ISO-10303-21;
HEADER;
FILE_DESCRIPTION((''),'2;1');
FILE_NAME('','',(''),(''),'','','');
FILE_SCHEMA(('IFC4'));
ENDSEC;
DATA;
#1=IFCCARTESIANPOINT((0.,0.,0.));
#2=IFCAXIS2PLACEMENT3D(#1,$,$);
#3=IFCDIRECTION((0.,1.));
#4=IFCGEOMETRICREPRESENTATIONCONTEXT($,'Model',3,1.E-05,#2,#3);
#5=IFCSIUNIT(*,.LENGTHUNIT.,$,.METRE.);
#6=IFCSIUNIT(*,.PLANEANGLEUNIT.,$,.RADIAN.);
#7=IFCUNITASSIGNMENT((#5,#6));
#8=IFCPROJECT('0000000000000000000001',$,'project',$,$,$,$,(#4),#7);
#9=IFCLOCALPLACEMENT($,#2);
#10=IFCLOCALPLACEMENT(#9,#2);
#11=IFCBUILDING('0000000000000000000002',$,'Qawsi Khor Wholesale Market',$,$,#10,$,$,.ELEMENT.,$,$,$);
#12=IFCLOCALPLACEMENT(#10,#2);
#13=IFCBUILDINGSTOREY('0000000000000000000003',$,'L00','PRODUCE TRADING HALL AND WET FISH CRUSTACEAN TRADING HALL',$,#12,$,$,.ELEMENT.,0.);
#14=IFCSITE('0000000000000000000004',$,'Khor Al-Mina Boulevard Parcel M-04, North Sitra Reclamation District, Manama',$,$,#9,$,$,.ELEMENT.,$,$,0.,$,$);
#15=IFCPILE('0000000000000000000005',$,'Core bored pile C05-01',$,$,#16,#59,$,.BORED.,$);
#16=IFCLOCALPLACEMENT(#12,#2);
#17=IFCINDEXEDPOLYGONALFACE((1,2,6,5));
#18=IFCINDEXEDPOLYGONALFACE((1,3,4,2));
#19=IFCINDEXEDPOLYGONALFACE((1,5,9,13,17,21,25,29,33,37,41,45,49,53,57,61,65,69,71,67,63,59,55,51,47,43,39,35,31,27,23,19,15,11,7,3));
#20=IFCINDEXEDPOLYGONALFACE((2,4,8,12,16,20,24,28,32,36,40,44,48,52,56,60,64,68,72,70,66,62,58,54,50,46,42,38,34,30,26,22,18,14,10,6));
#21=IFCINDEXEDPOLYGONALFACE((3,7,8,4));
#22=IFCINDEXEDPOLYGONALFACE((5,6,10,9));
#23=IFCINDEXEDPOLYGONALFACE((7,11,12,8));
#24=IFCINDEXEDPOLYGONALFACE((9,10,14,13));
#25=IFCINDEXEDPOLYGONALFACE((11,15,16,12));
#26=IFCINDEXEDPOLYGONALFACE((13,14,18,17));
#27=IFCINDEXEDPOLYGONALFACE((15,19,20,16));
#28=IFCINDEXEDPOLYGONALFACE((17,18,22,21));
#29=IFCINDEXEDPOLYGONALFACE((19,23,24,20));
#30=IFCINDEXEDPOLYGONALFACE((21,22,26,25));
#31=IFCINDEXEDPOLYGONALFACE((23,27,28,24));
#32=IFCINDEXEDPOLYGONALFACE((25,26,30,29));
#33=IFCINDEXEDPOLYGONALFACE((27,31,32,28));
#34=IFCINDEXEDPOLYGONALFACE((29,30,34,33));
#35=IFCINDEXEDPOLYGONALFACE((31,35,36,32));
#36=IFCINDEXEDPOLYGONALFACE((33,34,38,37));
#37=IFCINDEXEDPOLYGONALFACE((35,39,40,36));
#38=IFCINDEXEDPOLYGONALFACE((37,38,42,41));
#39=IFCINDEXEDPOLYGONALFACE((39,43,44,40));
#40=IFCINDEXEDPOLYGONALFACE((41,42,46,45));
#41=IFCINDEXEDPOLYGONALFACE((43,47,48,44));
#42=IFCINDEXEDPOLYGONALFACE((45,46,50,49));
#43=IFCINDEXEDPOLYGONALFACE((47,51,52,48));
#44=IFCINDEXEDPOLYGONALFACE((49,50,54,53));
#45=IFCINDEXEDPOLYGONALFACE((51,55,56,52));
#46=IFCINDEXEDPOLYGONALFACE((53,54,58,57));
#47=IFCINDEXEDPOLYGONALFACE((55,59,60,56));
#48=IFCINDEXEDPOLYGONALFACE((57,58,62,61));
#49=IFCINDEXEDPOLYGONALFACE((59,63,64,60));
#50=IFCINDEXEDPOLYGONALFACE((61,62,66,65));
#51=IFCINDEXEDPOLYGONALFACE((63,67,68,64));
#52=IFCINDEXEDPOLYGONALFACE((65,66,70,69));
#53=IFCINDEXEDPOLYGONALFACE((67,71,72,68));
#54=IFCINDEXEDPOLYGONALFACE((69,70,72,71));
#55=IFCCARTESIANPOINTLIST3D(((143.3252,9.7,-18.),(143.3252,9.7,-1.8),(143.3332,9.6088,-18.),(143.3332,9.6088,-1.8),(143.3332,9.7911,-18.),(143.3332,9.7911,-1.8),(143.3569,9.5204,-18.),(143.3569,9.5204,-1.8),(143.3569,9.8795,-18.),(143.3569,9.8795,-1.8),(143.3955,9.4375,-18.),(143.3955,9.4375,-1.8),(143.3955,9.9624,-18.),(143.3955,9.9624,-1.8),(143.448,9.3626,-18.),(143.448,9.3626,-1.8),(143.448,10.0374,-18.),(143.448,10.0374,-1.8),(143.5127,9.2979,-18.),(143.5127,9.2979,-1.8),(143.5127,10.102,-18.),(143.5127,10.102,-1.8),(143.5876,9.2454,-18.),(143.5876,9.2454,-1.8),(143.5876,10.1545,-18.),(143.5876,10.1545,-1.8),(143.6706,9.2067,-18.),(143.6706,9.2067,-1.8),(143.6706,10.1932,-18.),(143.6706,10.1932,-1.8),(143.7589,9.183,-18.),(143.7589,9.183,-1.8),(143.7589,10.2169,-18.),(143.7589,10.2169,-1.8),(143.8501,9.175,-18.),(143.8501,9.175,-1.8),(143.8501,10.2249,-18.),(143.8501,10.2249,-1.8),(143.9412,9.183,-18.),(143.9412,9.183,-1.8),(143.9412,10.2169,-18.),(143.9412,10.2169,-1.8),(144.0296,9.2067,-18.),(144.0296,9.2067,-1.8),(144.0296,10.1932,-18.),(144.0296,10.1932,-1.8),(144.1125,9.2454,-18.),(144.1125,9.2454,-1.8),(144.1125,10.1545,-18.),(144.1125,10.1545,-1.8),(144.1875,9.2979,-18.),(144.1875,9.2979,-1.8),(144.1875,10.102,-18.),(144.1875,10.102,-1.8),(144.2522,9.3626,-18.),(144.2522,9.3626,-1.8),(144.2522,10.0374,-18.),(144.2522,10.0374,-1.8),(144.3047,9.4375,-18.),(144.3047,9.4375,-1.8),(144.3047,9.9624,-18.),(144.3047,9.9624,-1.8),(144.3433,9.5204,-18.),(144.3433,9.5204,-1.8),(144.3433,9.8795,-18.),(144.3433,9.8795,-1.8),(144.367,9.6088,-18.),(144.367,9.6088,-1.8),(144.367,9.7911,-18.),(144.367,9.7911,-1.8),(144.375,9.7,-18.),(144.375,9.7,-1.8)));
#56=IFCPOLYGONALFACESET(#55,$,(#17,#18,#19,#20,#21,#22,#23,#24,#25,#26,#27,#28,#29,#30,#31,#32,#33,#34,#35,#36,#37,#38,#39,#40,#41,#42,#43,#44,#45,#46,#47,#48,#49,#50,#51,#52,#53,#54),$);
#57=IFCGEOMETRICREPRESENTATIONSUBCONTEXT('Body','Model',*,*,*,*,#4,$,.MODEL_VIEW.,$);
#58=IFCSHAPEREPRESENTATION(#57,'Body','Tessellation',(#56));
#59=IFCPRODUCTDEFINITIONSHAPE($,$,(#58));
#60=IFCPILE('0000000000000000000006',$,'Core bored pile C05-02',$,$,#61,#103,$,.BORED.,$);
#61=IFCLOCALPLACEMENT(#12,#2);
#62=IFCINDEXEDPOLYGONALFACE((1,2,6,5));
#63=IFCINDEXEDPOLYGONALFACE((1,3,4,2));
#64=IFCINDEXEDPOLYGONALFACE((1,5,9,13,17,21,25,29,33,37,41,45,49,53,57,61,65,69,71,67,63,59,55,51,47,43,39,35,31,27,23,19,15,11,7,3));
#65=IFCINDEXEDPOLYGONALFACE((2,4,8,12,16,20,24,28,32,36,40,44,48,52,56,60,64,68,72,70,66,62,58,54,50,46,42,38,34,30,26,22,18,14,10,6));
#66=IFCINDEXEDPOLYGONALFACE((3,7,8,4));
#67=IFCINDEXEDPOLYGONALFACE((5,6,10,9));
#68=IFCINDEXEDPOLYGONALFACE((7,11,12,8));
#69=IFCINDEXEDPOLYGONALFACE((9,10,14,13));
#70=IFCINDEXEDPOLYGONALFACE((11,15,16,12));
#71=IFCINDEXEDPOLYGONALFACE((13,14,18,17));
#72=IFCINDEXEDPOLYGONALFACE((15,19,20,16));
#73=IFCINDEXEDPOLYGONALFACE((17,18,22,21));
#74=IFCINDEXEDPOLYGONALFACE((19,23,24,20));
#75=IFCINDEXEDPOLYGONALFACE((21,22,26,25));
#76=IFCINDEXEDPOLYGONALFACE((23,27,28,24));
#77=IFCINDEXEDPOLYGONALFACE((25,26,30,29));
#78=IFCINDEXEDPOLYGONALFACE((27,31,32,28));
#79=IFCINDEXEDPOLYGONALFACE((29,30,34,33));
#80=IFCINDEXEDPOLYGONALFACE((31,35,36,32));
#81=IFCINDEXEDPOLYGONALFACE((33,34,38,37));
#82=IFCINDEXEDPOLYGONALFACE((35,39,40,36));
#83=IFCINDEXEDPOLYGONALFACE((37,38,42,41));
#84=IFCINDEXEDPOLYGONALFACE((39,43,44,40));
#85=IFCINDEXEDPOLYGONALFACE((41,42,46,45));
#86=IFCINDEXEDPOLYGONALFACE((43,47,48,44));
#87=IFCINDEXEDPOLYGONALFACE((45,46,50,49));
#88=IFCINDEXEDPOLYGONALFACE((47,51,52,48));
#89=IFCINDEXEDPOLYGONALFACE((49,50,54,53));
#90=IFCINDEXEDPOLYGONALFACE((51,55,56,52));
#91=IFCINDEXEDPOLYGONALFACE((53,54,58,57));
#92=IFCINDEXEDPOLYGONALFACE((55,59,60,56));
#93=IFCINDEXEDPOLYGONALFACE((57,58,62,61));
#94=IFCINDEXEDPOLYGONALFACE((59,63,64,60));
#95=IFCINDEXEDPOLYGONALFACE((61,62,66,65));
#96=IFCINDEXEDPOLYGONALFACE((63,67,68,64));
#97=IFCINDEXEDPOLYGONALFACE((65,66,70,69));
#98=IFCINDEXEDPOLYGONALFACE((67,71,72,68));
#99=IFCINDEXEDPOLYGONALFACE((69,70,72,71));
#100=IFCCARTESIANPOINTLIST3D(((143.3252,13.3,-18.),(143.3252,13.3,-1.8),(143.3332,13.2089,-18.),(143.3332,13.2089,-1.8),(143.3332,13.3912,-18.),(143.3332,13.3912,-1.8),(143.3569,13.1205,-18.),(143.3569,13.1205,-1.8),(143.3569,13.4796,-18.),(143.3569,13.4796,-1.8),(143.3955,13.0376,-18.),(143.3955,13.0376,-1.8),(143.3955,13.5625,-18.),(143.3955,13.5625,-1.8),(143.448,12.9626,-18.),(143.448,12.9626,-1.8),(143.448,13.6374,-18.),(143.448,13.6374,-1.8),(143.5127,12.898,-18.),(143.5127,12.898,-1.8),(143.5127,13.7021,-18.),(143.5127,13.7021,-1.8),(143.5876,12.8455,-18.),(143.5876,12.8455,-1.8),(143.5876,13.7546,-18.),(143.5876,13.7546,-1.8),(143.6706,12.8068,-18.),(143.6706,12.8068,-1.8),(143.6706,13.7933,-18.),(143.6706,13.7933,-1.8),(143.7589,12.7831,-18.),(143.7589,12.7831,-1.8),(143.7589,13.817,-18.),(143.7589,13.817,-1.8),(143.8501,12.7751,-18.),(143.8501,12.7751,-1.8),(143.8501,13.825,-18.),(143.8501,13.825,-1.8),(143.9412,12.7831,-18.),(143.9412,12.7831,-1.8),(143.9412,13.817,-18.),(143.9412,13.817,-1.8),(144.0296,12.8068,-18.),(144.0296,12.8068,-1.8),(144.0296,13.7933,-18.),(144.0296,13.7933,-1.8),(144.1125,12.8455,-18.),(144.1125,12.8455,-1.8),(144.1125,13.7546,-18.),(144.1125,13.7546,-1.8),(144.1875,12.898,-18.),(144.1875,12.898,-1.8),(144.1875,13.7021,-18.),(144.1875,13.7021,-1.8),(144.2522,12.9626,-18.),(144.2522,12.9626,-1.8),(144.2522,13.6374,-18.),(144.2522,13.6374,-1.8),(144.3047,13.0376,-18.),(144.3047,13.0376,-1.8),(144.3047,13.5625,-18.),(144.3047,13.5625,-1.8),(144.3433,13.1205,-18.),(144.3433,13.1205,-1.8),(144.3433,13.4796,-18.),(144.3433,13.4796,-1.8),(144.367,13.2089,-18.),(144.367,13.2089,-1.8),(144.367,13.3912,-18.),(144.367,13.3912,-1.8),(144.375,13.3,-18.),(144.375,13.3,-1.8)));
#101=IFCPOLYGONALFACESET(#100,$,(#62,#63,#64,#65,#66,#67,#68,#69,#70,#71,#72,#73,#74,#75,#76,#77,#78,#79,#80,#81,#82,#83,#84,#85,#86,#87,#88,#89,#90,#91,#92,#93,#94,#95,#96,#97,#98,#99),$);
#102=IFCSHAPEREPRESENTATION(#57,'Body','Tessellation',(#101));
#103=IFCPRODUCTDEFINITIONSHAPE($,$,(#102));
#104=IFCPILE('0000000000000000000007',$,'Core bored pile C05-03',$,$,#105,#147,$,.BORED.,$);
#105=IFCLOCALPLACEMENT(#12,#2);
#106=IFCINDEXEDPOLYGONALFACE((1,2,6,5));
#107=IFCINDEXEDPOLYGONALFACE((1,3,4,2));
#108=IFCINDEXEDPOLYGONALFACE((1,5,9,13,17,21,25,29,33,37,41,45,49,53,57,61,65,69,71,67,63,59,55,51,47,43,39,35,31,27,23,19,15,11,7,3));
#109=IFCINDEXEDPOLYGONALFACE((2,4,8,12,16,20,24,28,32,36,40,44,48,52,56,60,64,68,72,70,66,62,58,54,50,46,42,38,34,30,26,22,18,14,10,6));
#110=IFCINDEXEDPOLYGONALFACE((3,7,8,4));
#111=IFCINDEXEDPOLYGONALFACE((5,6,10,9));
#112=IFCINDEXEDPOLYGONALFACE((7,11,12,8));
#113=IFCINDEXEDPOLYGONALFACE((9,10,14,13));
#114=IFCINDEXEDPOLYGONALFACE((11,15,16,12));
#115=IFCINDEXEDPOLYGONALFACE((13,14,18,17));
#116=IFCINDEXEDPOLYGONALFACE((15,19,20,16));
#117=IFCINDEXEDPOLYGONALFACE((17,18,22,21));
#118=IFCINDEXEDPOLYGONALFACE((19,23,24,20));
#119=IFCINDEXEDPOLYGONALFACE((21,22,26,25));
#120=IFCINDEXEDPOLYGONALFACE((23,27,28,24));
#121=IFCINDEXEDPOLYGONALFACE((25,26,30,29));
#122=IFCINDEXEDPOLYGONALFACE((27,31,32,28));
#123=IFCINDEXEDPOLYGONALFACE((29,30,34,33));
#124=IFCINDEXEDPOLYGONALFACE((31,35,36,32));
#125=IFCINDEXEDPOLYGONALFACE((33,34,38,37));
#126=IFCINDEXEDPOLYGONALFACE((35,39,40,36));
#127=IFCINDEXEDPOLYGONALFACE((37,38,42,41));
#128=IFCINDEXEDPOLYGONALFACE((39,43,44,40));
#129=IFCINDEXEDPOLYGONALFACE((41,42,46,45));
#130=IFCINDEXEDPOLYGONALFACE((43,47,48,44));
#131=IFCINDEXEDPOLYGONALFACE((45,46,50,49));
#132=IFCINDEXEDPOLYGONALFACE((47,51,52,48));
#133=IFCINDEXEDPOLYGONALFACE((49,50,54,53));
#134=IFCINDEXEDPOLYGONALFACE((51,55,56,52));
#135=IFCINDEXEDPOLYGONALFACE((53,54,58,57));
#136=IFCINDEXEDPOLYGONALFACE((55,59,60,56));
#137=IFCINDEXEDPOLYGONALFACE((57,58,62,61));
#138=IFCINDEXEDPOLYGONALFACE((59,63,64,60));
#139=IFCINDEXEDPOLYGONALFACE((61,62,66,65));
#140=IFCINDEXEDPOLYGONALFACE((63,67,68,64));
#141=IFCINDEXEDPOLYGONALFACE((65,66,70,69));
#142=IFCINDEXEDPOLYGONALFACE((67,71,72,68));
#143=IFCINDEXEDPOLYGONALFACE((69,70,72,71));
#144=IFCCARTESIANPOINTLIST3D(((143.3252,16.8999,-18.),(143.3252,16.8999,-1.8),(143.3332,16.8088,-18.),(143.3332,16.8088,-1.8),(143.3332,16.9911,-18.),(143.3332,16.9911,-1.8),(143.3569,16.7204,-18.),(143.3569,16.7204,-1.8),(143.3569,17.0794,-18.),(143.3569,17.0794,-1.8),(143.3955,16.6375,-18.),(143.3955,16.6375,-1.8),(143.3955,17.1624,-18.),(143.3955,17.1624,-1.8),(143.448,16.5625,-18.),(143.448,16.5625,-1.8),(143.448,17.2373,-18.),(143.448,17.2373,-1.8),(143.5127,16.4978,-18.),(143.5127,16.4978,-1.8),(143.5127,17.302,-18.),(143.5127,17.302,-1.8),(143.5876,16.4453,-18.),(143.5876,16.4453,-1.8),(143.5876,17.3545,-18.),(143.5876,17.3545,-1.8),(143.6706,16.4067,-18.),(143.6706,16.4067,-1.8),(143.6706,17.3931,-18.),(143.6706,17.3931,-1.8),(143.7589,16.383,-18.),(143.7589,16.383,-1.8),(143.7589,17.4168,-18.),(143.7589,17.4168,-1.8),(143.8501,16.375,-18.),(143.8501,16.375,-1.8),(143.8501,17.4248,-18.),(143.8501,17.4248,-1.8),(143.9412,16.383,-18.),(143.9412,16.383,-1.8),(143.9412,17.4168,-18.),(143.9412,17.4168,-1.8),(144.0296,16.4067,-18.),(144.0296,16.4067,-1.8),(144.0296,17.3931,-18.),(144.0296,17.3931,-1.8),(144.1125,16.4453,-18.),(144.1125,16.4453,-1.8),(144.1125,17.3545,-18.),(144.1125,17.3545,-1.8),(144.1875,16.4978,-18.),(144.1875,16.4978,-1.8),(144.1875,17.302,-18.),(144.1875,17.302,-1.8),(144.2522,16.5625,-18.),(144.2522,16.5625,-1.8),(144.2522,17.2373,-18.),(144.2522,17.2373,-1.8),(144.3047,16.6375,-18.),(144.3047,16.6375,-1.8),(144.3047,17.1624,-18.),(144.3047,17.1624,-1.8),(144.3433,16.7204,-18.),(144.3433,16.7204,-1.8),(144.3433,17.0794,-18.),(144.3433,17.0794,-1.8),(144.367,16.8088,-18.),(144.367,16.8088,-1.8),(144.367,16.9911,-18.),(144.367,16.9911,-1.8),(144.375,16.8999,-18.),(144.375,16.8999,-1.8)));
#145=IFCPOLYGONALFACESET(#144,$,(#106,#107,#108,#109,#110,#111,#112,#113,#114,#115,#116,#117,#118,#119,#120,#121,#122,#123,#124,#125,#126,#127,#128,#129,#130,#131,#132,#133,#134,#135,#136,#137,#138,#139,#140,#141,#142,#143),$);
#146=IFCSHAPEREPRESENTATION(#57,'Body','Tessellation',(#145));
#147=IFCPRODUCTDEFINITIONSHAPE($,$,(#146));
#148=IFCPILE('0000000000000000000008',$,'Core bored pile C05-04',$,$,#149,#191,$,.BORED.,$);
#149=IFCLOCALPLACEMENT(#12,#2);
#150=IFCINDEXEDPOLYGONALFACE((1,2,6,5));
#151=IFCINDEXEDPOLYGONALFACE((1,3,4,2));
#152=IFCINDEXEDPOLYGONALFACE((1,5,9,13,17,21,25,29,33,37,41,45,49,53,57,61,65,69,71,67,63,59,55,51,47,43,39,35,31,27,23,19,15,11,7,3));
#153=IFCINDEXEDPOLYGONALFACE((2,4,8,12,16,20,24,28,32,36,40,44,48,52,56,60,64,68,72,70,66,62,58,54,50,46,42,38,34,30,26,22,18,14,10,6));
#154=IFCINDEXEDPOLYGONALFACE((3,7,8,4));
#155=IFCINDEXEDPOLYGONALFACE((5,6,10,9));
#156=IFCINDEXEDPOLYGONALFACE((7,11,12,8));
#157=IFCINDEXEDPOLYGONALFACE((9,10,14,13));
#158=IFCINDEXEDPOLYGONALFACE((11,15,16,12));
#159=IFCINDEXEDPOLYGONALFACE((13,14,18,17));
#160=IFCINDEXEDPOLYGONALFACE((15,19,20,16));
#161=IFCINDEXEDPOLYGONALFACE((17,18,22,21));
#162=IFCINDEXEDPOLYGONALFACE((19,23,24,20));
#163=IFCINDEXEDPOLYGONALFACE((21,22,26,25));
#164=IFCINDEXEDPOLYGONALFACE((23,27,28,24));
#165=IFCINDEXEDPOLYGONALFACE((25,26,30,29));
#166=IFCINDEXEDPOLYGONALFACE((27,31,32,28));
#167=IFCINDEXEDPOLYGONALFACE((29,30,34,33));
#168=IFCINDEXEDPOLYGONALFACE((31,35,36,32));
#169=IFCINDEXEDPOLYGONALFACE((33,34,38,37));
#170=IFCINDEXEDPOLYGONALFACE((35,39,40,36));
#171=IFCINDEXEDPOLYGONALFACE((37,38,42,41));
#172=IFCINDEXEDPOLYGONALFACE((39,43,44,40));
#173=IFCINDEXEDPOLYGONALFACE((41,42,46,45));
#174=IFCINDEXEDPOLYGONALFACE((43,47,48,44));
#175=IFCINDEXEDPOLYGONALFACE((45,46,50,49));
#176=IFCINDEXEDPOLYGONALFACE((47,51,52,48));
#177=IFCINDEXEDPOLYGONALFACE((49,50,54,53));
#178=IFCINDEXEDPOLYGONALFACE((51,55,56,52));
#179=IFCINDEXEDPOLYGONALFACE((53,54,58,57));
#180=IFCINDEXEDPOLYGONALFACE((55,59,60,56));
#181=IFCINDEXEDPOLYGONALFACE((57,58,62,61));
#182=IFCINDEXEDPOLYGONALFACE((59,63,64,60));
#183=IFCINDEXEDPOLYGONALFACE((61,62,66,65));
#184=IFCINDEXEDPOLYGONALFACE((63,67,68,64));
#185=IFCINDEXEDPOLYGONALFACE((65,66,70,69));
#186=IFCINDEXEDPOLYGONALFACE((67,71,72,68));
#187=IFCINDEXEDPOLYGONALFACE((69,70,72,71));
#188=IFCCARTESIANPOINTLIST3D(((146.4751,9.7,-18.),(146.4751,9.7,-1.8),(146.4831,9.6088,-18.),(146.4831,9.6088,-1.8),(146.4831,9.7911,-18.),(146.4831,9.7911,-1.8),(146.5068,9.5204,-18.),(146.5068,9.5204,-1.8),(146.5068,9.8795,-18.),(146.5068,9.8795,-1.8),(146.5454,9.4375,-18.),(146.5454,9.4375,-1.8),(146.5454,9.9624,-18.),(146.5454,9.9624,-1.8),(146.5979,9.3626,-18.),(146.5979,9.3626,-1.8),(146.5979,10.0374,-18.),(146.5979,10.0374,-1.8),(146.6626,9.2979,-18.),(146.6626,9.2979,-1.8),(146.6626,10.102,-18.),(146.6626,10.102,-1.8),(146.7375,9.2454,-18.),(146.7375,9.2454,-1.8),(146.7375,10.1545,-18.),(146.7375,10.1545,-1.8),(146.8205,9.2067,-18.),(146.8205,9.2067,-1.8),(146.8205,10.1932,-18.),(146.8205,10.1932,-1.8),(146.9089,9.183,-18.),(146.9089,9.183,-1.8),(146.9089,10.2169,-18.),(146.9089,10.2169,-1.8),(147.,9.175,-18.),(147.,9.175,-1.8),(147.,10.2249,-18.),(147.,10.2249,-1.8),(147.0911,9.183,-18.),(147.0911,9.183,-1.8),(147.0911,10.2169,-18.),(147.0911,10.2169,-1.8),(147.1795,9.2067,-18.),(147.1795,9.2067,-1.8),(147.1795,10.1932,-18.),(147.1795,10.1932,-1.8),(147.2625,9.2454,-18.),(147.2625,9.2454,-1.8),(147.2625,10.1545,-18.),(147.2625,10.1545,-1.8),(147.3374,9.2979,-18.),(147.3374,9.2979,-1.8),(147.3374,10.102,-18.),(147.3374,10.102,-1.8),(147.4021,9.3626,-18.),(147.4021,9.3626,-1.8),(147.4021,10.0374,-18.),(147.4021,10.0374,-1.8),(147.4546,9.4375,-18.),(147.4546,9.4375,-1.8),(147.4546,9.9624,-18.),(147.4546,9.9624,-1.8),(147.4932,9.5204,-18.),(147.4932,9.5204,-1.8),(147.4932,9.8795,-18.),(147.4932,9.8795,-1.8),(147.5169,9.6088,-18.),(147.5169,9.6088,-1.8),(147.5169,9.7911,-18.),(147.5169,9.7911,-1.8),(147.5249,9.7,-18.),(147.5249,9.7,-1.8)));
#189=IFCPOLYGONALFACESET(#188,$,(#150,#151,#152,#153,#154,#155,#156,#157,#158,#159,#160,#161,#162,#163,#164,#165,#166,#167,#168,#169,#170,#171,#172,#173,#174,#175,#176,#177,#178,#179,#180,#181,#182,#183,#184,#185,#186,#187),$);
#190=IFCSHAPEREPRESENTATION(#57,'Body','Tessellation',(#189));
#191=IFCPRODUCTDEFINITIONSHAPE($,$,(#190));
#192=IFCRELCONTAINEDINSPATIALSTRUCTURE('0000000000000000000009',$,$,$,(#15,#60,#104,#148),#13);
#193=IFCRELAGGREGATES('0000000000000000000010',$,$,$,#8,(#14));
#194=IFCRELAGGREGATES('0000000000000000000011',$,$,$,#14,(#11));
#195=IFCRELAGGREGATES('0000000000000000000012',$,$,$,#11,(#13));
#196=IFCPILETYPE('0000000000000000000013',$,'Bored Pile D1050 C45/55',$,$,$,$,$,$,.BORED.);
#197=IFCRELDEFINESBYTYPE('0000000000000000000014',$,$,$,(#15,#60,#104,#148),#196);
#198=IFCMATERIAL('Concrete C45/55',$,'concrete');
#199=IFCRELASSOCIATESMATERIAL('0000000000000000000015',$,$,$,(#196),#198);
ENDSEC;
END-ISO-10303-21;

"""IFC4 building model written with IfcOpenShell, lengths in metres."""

from ifc_helpers import new_model, si_unit, direction, frame, origin, origin_2d, place, context, subcontext, project, spatial, circle, extrude, material, material_profile, profile_set, type_object, element, save


model = new_model("IFC4")

# Units and contexts
model_context = context("Model", 3, precision=1e-05, world=origin(), true_north=direction((0.0, 1.0)))
body_context = subcontext(model_context, "Body", "Model", "MODEL_VIEW")
ifc_project = project(units=[si_unit("LENGTHUNIT", "METRE"), si_unit("PLANEANGLEUNIT", "RADIAN")], contexts=[model_context])

# Site, building, storey
site_placement = place(None, origin())
site = spatial("IfcSite", under=ifc_project, at=site_placement, Name="Khor Al-Mina Boulevard Parcel M-04, North Sitra Reclamation District, Manama", CompositionType="ELEMENT", RefElevation=0.0)
building_placement = place(site_placement, origin())
building = spatial("IfcBuilding", under=site, at=building_placement, Name="Qawsi Khor Wholesale Market", CompositionType="ELEMENT")
storey_placement = place(building_placement, origin())
storey = spatial("IfcBuildingStorey", under=building, at=storey_placement, Name="L00", Description="PRODUCE TRADING HALL AND WET FISH CRUSTACEAN TRADING HALL", CompositionType="ELEMENT", Elevation=0.0)

# Piles
ifc_material_1 = material(Name="Concrete C45/55", Category="concrete")
ifc_material_profile_1 = material_profile(ifc_material_1, circle(Radius=0.5249, at=origin_2d()), Name="PILE D1050")
ifc_profile_set_1 = profile_set([ifc_material_profile_1], Name="Concrete C45/55")
pile_type_1 = type_object("IfcPileType", Name="Bored Pile D1050 C45/55", PredefinedType="BORED", material=ifc_profile_set_1)
for number, where, z_axis, x_axis, name in (
    (1, (143.8501, 9.7, -1.8), (0.0, 0.0, -1.0), (1.0, 0.0, 0.0), "Core bored pile C05-01"),
    (2, (143.8501, 13.3, -1.8), (0.0, 0.0, -1.0), (1.0, 0.0, 0.0), "Core bored pile C05-02"),
    (3, (143.8501, 16.8999, -1.8), (0.0, 0.0, -1.0), (1.0, 0.0, 0.0), "Core bored pile C05-03"),
    (4, (147.0, 9.7, -1.8), (0.0, 0.0, -1.0), (1.0, 0.0, 0.0), "Core bored pile C05-04"),
):
    element("IfcPile", number, at=place(storey_placement, frame(where, z_axis=z_axis, x_axis=x_axis)), inside=storey, type_object=pile_type_1, Name=name, PredefinedType="BORED", context=body_context, shape_type="SweptSolid", body=[
        extrude(circle(Radius=0.5249, at=origin_2d()), origin(), (0.0, 0.0, 1.0), 16.2),
    ])

save(model, "model.ifc")
